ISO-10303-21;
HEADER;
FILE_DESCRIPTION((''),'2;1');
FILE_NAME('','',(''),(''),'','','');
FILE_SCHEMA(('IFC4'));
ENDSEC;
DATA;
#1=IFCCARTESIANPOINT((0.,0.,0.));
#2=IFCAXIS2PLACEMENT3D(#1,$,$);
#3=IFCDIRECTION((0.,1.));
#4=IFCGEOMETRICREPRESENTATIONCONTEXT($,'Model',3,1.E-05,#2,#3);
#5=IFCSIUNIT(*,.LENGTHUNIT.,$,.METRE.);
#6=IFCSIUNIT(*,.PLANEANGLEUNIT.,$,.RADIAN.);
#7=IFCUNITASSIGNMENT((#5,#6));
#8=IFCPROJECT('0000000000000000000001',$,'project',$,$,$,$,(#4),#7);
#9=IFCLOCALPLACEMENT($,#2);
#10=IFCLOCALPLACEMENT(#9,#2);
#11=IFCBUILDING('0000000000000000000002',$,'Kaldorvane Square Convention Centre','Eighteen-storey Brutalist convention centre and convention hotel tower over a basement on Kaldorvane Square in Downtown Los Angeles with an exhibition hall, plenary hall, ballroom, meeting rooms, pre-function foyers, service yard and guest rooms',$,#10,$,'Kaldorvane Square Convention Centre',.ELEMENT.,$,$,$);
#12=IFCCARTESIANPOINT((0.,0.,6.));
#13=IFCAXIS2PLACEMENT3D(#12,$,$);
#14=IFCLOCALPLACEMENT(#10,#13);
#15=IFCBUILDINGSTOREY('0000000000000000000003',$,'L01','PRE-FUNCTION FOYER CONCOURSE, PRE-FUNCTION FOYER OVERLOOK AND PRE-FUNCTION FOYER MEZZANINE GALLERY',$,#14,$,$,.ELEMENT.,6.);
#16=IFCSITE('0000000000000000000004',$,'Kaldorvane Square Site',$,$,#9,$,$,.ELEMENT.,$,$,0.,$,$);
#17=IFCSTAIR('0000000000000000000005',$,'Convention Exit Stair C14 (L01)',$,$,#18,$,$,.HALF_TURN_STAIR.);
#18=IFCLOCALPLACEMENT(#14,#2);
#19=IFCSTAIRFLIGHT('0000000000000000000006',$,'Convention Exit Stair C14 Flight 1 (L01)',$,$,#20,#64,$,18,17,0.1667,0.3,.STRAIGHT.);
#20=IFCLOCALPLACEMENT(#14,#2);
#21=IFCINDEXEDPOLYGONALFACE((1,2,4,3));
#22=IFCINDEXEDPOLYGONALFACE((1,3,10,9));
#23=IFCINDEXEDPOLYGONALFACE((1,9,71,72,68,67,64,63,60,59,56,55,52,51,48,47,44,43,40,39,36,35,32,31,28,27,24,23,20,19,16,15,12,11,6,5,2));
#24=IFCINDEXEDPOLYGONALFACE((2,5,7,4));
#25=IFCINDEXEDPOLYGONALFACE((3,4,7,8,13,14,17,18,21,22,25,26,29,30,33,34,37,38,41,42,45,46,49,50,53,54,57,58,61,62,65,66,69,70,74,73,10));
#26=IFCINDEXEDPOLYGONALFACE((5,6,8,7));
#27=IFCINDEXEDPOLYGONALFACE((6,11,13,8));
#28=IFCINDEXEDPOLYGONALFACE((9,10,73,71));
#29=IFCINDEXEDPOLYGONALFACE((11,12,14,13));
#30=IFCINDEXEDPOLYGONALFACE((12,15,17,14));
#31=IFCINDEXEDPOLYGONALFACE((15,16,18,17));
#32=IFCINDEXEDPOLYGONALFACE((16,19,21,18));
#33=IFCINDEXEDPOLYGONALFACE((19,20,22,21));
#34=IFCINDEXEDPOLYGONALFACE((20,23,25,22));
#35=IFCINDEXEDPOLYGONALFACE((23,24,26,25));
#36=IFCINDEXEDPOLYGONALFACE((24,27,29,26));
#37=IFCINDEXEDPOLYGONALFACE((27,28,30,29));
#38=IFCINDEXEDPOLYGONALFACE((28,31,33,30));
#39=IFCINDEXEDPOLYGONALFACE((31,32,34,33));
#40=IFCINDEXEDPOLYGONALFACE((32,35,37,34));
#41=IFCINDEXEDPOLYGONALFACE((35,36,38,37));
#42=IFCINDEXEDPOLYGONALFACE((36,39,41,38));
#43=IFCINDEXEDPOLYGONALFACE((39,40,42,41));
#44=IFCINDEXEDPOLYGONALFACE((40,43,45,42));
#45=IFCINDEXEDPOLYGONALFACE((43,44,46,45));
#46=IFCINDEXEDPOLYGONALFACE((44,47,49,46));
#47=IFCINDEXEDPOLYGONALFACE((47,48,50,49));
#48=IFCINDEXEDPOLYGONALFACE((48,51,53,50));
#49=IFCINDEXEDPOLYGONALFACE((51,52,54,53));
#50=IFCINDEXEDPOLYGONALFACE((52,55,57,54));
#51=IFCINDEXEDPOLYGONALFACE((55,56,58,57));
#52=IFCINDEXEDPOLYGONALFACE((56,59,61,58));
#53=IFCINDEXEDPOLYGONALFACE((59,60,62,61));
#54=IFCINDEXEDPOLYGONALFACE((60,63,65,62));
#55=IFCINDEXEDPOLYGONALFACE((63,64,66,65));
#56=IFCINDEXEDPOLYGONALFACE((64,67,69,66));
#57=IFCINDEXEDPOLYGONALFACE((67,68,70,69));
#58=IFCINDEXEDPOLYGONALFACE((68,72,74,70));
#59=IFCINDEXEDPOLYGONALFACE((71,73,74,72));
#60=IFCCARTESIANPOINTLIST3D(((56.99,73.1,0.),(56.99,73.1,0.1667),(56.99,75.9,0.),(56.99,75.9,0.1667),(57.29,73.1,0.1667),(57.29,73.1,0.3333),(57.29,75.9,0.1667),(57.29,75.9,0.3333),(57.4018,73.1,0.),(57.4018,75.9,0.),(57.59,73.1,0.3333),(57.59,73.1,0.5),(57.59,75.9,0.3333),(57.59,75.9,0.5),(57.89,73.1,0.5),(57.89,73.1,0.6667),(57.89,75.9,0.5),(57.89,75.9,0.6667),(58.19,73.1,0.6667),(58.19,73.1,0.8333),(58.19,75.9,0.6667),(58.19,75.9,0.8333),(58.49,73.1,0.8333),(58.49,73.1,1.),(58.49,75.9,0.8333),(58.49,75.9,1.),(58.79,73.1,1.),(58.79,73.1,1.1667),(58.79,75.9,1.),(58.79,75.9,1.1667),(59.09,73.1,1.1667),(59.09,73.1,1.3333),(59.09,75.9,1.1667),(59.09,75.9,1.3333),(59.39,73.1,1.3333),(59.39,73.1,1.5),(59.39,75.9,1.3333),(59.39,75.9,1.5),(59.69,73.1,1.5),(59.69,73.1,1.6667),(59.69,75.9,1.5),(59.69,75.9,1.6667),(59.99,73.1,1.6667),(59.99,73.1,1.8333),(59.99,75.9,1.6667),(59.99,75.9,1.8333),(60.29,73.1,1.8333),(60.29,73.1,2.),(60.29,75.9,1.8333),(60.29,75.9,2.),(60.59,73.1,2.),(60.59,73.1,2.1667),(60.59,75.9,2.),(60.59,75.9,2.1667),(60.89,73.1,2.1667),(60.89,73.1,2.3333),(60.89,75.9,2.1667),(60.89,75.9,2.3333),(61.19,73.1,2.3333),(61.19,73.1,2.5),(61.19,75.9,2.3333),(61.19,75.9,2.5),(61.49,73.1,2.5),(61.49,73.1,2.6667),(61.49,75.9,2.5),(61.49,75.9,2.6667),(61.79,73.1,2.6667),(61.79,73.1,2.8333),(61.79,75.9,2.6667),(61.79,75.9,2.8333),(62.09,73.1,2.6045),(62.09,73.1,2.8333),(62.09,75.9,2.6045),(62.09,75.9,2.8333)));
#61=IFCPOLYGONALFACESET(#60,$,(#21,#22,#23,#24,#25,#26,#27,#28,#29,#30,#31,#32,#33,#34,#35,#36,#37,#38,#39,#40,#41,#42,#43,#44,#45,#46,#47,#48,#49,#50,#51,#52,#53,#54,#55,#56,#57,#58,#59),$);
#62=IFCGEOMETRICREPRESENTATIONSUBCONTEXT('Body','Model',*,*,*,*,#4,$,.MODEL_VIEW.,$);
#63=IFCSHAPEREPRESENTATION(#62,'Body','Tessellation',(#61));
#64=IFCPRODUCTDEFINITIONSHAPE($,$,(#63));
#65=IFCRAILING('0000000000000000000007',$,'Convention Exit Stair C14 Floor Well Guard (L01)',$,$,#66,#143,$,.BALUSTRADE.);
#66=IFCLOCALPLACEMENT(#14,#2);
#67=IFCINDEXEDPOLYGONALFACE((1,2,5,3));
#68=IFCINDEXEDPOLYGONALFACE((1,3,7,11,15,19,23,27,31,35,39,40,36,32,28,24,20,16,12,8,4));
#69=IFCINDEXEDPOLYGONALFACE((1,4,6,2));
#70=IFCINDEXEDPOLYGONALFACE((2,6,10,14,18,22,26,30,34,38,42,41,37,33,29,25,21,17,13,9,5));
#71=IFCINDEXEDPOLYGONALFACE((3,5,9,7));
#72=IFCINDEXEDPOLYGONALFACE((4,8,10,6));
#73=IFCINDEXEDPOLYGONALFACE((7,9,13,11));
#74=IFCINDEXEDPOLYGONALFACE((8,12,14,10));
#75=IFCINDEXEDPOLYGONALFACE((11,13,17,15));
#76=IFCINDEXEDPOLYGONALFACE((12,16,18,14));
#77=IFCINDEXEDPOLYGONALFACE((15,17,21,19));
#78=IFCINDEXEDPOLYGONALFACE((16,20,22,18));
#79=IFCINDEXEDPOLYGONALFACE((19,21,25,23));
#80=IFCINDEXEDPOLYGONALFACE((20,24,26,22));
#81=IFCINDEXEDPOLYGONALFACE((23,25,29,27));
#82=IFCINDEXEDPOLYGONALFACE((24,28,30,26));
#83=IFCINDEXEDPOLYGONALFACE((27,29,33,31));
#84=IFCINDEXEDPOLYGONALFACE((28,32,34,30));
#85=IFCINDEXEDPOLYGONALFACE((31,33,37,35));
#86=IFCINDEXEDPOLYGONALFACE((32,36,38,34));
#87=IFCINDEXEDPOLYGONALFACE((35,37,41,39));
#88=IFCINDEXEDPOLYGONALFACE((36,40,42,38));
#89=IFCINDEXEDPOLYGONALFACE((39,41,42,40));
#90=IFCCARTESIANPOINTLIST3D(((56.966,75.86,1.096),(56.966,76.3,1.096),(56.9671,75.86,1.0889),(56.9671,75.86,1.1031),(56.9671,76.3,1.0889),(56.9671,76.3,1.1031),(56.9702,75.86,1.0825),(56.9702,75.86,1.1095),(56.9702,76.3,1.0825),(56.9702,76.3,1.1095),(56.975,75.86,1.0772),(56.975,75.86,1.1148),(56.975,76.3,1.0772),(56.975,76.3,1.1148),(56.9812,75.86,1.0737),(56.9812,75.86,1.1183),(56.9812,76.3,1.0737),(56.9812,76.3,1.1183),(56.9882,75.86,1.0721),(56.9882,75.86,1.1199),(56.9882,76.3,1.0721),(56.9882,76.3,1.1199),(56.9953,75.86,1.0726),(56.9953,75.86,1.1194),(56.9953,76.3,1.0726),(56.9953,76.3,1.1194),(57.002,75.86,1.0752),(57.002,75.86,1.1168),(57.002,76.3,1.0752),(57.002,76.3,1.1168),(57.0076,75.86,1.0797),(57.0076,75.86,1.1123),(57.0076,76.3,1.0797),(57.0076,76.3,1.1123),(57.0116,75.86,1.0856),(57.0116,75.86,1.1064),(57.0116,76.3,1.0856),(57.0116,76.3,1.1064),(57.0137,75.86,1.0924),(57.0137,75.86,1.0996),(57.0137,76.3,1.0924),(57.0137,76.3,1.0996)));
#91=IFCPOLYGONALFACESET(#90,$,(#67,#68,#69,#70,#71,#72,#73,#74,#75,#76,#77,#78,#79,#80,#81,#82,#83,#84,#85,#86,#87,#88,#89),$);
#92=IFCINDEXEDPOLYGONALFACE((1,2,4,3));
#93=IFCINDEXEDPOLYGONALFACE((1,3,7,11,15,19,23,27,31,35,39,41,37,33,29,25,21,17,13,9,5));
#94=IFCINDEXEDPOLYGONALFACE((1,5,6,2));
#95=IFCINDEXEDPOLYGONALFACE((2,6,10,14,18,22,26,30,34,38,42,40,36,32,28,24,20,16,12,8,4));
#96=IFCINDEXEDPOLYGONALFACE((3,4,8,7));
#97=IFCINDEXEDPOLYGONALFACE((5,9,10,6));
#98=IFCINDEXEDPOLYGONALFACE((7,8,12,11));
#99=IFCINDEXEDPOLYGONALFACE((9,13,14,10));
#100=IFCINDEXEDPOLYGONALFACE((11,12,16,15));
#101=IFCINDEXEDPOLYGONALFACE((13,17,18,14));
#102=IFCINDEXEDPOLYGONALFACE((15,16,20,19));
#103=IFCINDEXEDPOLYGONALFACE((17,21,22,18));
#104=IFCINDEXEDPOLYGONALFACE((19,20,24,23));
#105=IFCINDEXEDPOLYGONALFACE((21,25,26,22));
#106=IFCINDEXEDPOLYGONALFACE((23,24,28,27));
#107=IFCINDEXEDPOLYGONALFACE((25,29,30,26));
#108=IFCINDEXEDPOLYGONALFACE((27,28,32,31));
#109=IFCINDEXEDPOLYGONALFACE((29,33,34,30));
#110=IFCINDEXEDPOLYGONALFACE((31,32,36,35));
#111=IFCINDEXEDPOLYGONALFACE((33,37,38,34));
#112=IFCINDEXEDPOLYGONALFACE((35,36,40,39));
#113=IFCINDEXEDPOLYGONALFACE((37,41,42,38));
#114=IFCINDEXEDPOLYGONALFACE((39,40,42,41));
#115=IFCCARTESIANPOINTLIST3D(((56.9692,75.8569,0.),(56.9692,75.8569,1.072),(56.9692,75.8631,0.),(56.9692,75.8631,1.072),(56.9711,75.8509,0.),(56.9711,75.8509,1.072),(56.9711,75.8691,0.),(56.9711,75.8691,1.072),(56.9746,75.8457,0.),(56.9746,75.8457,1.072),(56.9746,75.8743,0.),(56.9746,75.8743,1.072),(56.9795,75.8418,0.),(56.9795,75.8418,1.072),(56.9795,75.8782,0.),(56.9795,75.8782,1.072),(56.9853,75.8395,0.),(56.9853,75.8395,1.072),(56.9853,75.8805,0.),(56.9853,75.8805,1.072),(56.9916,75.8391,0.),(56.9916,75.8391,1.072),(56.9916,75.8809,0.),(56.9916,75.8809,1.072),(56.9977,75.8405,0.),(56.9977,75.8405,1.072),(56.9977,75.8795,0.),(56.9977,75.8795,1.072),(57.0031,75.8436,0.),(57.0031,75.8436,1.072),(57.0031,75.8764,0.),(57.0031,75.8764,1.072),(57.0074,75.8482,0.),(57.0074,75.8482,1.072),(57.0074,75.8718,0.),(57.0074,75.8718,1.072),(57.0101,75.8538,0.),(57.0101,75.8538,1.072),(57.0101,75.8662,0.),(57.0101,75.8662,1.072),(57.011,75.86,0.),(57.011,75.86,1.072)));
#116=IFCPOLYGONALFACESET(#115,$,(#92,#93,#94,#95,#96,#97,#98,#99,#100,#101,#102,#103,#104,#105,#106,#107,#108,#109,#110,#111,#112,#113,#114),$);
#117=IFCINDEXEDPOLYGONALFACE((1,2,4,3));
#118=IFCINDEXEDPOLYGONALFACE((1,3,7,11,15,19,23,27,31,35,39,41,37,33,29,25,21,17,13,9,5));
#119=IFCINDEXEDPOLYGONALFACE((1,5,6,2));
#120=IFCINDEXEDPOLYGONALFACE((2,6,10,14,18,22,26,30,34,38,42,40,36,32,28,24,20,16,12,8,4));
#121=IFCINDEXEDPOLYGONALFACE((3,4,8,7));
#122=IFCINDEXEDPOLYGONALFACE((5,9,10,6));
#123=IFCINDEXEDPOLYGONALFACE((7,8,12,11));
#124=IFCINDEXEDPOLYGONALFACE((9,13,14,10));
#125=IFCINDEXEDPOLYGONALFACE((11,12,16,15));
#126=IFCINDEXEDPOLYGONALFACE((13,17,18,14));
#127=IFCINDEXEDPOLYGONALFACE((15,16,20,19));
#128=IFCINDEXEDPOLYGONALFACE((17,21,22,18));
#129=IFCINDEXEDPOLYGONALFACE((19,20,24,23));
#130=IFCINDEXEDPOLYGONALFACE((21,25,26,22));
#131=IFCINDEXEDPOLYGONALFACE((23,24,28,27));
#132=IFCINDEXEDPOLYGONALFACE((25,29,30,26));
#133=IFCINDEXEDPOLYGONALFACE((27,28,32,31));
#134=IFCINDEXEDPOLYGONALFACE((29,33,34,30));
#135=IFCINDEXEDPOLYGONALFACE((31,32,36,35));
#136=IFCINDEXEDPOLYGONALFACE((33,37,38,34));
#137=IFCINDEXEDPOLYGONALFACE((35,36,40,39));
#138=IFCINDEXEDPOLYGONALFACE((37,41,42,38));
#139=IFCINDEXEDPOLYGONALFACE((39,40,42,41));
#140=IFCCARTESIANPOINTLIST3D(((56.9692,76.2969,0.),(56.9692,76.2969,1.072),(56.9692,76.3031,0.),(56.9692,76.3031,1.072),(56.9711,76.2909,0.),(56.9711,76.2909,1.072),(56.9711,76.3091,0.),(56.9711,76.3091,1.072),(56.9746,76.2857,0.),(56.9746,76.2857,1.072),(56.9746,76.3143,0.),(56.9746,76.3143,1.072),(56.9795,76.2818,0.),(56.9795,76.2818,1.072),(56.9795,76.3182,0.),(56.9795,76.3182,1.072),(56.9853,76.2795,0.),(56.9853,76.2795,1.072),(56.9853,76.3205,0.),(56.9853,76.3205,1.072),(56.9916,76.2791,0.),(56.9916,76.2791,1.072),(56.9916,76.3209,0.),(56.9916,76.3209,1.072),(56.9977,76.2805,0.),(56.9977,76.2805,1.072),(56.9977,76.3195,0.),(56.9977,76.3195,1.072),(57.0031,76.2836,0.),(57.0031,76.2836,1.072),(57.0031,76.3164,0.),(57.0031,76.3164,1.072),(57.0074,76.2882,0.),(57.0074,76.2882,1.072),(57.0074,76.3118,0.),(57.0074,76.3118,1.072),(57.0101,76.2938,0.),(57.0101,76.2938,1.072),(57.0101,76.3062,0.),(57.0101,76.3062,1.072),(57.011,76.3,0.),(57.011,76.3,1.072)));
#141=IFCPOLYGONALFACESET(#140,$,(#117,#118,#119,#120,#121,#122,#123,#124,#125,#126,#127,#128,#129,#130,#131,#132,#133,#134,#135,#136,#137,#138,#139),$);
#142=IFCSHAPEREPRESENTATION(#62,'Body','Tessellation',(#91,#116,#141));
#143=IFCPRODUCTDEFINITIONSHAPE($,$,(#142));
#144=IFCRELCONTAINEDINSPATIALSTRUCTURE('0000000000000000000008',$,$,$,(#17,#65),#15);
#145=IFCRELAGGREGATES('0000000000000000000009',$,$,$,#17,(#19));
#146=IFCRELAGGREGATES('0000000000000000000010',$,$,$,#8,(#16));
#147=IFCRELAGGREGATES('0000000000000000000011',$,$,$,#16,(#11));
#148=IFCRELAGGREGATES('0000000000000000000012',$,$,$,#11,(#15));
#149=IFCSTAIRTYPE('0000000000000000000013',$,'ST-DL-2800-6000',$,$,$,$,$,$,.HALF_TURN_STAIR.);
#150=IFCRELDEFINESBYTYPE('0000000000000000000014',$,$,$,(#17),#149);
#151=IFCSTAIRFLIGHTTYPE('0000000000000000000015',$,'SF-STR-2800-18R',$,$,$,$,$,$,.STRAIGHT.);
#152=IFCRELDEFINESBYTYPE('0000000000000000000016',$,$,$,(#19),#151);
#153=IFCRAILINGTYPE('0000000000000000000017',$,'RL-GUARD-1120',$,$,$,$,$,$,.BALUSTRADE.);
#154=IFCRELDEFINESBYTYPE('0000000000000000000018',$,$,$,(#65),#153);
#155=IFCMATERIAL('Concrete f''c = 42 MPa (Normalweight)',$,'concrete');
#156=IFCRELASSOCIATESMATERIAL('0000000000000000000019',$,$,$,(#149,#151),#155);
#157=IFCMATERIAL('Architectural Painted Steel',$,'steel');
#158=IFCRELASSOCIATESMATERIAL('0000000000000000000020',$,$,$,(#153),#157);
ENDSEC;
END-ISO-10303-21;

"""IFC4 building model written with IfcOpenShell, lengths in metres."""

from ifc_helpers import new_model, si_unit, direction, frame, origin, origin_2d, place, context, subcontext, project, spatial, polyline, circle, outline, extrude, material, type_object, element, aggregate, save


model = new_model("IFC4")

# Units and contexts
model_context = context("Model", 3, precision=1e-05, world=origin(), true_north=direction((0.0, 1.0)))
body_context = subcontext(model_context, "Body", "Model", "MODEL_VIEW")
ifc_project = project(units=[si_unit("LENGTHUNIT", "METRE"), si_unit("PLANEANGLEUNIT", "RADIAN")], contexts=[model_context])

# Site, building, storey
site_placement = place(None, origin())
site = spatial("IfcSite", under=ifc_project, at=site_placement, Name="Kaldorvane Square Site", CompositionType="ELEMENT", RefElevation=0.0)
building_placement = place(site_placement, origin())
building = spatial("IfcBuilding", under=site, at=building_placement, Name="Kaldorvane Square Convention Centre", Description="Eighteen-storey Brutalist convention centre and convention hotel tower over a basement on Kaldorvane Square in Downtown Los Angeles with an exhibition hall, plenary hall, ballroom, meeting rooms, pre-function foyers, service yard and guest rooms", LongName="Kaldorvane Square Convention Centre", CompositionType="ELEMENT")
storey_placement = place(building_placement, frame((0.0, 0.0, 6.0)))
storey = spatial("IfcBuildingStorey", under=building, at=storey_placement, Name="L01", Description="PRE-FUNCTION FOYER CONCOURSE, PRE-FUNCTION FOYER OVERLOOK AND PRE-FUNCTION FOYER MEZZANINE GALLERY", CompositionType="ELEMENT", Elevation=6.0)

# Stair, stair flight
ifc_material_1 = material(Name="Concrete f'c = 42 MPa (Normalweight)", Category="concrete")
stair_type = type_object("IfcStairType", Name="ST-DL-2800-6000", PredefinedType="HALF_TURN_STAIR", material=ifc_material_1)
stair_placement = place(storey_placement, origin())
stair = element("IfcStair", 1, at=stair_placement, inside=storey, type_object=stair_type, Name="Convention Exit Stair C14 (L01)", PredefinedType="HALF_TURN_STAIR")
stair_flight_type = type_object("IfcStairFlightType", Name="SF-STR-2800-18R", PredefinedType="STRAIGHT", material=ifc_material_1)
stair_flight_placement = place(storey_placement, frame((56.99, 74.5, 0.0), z_axis=(0.0, 0.0, 1.0), x_axis=(1.0, 0.0, 0.0)))
stair_flight = element("IfcStairFlight", 2, at=stair_flight_placement, type_object=stair_flight_type, Name="Convention Exit Stair C14 Flight 1 (L01)", NumberOfRisers=18, NumberOfTreads=17, PredefinedType="STRAIGHT", RiserHeight=0.1667, TreadLength=0.3, context=body_context, shape_type="SweptSolid", body=[
    extrude(outline(polyline([(0.0, 0.0), (0.0, 0.1667), (0.3, 0.1667), (0.3, 0.3333), (0.6, 0.3333), (0.6, 0.5), (0.9, 0.5), (0.9, 0.6667), (1.2, 0.6667), (1.2, 0.8333), (1.5, 0.8333), (1.5, 1.0), (1.8, 1.0), (1.8, 1.1667), (2.1, 1.1667), (2.1, 1.3333), (2.4, 1.3333), (2.4, 1.5), (2.7, 1.5), (2.7, 1.6667), (3.0, 1.6667), (3.0, 1.8333), (3.3, 1.8333), (3.3, 2.0), (3.6, 2.0), (3.6, 2.1667), (3.9, 2.1667), (3.9, 2.3333), (4.2, 2.3333), (4.2, 2.5), (4.5, 2.5), (4.5, 2.6667), (4.8, 2.6667), (4.8, 2.8333), (5.1, 2.8333), (5.1, 3.0), (5.1, 2.6045), (0.4118, 0.0), (0.0, 0.0)])), frame((0.0, 1.4, 0.0), z_axis=(0.0, -1.0, 0.0), x_axis=(1.0, 0.0, 0.0)), (0.0, 0.0, 1.0), 2.8),
])
aggregate(stair, [stair_flight])

# Railing
ifc_material_2 = material(Name="Architectural Painted Steel", Category="steel")
railing_type_1 = type_object("IfcRailingType", Name="RL-GUARD-1120", PredefinedType="BALUSTRADE", material=ifc_material_2)
railing_1_placement = place(storey_placement, frame((56.99, 75.86, 0.0)))
element("IfcRailing", 3, at=railing_1_placement, inside=storey, type_object=railing_type_1, Name="Convention Exit Stair C14 Floor Well Guard (L01)", PredefinedType="BALUSTRADE", context=body_context, shape_type="SweptSolid", body=[
    extrude(circle(Radius=0.024, at=origin_2d()), frame((0.0, 0.0, 1.096), z_axis=(0.0, 1.0, 0.0), x_axis=(-1.0, 0.0, 0.0)), (0.0, 0.0, 1.0), 0.44),
    extrude(circle(Radius=0.021, at=origin_2d()), origin(), (0.0, 0.0, 1.0), 1.072),
    extrude(circle(Radius=0.021, at=origin_2d()), frame((0.0, 0.44, 0.0)), (0.0, 0.0, 1.0), 1.072),
])

save(model, "model.ifc")
